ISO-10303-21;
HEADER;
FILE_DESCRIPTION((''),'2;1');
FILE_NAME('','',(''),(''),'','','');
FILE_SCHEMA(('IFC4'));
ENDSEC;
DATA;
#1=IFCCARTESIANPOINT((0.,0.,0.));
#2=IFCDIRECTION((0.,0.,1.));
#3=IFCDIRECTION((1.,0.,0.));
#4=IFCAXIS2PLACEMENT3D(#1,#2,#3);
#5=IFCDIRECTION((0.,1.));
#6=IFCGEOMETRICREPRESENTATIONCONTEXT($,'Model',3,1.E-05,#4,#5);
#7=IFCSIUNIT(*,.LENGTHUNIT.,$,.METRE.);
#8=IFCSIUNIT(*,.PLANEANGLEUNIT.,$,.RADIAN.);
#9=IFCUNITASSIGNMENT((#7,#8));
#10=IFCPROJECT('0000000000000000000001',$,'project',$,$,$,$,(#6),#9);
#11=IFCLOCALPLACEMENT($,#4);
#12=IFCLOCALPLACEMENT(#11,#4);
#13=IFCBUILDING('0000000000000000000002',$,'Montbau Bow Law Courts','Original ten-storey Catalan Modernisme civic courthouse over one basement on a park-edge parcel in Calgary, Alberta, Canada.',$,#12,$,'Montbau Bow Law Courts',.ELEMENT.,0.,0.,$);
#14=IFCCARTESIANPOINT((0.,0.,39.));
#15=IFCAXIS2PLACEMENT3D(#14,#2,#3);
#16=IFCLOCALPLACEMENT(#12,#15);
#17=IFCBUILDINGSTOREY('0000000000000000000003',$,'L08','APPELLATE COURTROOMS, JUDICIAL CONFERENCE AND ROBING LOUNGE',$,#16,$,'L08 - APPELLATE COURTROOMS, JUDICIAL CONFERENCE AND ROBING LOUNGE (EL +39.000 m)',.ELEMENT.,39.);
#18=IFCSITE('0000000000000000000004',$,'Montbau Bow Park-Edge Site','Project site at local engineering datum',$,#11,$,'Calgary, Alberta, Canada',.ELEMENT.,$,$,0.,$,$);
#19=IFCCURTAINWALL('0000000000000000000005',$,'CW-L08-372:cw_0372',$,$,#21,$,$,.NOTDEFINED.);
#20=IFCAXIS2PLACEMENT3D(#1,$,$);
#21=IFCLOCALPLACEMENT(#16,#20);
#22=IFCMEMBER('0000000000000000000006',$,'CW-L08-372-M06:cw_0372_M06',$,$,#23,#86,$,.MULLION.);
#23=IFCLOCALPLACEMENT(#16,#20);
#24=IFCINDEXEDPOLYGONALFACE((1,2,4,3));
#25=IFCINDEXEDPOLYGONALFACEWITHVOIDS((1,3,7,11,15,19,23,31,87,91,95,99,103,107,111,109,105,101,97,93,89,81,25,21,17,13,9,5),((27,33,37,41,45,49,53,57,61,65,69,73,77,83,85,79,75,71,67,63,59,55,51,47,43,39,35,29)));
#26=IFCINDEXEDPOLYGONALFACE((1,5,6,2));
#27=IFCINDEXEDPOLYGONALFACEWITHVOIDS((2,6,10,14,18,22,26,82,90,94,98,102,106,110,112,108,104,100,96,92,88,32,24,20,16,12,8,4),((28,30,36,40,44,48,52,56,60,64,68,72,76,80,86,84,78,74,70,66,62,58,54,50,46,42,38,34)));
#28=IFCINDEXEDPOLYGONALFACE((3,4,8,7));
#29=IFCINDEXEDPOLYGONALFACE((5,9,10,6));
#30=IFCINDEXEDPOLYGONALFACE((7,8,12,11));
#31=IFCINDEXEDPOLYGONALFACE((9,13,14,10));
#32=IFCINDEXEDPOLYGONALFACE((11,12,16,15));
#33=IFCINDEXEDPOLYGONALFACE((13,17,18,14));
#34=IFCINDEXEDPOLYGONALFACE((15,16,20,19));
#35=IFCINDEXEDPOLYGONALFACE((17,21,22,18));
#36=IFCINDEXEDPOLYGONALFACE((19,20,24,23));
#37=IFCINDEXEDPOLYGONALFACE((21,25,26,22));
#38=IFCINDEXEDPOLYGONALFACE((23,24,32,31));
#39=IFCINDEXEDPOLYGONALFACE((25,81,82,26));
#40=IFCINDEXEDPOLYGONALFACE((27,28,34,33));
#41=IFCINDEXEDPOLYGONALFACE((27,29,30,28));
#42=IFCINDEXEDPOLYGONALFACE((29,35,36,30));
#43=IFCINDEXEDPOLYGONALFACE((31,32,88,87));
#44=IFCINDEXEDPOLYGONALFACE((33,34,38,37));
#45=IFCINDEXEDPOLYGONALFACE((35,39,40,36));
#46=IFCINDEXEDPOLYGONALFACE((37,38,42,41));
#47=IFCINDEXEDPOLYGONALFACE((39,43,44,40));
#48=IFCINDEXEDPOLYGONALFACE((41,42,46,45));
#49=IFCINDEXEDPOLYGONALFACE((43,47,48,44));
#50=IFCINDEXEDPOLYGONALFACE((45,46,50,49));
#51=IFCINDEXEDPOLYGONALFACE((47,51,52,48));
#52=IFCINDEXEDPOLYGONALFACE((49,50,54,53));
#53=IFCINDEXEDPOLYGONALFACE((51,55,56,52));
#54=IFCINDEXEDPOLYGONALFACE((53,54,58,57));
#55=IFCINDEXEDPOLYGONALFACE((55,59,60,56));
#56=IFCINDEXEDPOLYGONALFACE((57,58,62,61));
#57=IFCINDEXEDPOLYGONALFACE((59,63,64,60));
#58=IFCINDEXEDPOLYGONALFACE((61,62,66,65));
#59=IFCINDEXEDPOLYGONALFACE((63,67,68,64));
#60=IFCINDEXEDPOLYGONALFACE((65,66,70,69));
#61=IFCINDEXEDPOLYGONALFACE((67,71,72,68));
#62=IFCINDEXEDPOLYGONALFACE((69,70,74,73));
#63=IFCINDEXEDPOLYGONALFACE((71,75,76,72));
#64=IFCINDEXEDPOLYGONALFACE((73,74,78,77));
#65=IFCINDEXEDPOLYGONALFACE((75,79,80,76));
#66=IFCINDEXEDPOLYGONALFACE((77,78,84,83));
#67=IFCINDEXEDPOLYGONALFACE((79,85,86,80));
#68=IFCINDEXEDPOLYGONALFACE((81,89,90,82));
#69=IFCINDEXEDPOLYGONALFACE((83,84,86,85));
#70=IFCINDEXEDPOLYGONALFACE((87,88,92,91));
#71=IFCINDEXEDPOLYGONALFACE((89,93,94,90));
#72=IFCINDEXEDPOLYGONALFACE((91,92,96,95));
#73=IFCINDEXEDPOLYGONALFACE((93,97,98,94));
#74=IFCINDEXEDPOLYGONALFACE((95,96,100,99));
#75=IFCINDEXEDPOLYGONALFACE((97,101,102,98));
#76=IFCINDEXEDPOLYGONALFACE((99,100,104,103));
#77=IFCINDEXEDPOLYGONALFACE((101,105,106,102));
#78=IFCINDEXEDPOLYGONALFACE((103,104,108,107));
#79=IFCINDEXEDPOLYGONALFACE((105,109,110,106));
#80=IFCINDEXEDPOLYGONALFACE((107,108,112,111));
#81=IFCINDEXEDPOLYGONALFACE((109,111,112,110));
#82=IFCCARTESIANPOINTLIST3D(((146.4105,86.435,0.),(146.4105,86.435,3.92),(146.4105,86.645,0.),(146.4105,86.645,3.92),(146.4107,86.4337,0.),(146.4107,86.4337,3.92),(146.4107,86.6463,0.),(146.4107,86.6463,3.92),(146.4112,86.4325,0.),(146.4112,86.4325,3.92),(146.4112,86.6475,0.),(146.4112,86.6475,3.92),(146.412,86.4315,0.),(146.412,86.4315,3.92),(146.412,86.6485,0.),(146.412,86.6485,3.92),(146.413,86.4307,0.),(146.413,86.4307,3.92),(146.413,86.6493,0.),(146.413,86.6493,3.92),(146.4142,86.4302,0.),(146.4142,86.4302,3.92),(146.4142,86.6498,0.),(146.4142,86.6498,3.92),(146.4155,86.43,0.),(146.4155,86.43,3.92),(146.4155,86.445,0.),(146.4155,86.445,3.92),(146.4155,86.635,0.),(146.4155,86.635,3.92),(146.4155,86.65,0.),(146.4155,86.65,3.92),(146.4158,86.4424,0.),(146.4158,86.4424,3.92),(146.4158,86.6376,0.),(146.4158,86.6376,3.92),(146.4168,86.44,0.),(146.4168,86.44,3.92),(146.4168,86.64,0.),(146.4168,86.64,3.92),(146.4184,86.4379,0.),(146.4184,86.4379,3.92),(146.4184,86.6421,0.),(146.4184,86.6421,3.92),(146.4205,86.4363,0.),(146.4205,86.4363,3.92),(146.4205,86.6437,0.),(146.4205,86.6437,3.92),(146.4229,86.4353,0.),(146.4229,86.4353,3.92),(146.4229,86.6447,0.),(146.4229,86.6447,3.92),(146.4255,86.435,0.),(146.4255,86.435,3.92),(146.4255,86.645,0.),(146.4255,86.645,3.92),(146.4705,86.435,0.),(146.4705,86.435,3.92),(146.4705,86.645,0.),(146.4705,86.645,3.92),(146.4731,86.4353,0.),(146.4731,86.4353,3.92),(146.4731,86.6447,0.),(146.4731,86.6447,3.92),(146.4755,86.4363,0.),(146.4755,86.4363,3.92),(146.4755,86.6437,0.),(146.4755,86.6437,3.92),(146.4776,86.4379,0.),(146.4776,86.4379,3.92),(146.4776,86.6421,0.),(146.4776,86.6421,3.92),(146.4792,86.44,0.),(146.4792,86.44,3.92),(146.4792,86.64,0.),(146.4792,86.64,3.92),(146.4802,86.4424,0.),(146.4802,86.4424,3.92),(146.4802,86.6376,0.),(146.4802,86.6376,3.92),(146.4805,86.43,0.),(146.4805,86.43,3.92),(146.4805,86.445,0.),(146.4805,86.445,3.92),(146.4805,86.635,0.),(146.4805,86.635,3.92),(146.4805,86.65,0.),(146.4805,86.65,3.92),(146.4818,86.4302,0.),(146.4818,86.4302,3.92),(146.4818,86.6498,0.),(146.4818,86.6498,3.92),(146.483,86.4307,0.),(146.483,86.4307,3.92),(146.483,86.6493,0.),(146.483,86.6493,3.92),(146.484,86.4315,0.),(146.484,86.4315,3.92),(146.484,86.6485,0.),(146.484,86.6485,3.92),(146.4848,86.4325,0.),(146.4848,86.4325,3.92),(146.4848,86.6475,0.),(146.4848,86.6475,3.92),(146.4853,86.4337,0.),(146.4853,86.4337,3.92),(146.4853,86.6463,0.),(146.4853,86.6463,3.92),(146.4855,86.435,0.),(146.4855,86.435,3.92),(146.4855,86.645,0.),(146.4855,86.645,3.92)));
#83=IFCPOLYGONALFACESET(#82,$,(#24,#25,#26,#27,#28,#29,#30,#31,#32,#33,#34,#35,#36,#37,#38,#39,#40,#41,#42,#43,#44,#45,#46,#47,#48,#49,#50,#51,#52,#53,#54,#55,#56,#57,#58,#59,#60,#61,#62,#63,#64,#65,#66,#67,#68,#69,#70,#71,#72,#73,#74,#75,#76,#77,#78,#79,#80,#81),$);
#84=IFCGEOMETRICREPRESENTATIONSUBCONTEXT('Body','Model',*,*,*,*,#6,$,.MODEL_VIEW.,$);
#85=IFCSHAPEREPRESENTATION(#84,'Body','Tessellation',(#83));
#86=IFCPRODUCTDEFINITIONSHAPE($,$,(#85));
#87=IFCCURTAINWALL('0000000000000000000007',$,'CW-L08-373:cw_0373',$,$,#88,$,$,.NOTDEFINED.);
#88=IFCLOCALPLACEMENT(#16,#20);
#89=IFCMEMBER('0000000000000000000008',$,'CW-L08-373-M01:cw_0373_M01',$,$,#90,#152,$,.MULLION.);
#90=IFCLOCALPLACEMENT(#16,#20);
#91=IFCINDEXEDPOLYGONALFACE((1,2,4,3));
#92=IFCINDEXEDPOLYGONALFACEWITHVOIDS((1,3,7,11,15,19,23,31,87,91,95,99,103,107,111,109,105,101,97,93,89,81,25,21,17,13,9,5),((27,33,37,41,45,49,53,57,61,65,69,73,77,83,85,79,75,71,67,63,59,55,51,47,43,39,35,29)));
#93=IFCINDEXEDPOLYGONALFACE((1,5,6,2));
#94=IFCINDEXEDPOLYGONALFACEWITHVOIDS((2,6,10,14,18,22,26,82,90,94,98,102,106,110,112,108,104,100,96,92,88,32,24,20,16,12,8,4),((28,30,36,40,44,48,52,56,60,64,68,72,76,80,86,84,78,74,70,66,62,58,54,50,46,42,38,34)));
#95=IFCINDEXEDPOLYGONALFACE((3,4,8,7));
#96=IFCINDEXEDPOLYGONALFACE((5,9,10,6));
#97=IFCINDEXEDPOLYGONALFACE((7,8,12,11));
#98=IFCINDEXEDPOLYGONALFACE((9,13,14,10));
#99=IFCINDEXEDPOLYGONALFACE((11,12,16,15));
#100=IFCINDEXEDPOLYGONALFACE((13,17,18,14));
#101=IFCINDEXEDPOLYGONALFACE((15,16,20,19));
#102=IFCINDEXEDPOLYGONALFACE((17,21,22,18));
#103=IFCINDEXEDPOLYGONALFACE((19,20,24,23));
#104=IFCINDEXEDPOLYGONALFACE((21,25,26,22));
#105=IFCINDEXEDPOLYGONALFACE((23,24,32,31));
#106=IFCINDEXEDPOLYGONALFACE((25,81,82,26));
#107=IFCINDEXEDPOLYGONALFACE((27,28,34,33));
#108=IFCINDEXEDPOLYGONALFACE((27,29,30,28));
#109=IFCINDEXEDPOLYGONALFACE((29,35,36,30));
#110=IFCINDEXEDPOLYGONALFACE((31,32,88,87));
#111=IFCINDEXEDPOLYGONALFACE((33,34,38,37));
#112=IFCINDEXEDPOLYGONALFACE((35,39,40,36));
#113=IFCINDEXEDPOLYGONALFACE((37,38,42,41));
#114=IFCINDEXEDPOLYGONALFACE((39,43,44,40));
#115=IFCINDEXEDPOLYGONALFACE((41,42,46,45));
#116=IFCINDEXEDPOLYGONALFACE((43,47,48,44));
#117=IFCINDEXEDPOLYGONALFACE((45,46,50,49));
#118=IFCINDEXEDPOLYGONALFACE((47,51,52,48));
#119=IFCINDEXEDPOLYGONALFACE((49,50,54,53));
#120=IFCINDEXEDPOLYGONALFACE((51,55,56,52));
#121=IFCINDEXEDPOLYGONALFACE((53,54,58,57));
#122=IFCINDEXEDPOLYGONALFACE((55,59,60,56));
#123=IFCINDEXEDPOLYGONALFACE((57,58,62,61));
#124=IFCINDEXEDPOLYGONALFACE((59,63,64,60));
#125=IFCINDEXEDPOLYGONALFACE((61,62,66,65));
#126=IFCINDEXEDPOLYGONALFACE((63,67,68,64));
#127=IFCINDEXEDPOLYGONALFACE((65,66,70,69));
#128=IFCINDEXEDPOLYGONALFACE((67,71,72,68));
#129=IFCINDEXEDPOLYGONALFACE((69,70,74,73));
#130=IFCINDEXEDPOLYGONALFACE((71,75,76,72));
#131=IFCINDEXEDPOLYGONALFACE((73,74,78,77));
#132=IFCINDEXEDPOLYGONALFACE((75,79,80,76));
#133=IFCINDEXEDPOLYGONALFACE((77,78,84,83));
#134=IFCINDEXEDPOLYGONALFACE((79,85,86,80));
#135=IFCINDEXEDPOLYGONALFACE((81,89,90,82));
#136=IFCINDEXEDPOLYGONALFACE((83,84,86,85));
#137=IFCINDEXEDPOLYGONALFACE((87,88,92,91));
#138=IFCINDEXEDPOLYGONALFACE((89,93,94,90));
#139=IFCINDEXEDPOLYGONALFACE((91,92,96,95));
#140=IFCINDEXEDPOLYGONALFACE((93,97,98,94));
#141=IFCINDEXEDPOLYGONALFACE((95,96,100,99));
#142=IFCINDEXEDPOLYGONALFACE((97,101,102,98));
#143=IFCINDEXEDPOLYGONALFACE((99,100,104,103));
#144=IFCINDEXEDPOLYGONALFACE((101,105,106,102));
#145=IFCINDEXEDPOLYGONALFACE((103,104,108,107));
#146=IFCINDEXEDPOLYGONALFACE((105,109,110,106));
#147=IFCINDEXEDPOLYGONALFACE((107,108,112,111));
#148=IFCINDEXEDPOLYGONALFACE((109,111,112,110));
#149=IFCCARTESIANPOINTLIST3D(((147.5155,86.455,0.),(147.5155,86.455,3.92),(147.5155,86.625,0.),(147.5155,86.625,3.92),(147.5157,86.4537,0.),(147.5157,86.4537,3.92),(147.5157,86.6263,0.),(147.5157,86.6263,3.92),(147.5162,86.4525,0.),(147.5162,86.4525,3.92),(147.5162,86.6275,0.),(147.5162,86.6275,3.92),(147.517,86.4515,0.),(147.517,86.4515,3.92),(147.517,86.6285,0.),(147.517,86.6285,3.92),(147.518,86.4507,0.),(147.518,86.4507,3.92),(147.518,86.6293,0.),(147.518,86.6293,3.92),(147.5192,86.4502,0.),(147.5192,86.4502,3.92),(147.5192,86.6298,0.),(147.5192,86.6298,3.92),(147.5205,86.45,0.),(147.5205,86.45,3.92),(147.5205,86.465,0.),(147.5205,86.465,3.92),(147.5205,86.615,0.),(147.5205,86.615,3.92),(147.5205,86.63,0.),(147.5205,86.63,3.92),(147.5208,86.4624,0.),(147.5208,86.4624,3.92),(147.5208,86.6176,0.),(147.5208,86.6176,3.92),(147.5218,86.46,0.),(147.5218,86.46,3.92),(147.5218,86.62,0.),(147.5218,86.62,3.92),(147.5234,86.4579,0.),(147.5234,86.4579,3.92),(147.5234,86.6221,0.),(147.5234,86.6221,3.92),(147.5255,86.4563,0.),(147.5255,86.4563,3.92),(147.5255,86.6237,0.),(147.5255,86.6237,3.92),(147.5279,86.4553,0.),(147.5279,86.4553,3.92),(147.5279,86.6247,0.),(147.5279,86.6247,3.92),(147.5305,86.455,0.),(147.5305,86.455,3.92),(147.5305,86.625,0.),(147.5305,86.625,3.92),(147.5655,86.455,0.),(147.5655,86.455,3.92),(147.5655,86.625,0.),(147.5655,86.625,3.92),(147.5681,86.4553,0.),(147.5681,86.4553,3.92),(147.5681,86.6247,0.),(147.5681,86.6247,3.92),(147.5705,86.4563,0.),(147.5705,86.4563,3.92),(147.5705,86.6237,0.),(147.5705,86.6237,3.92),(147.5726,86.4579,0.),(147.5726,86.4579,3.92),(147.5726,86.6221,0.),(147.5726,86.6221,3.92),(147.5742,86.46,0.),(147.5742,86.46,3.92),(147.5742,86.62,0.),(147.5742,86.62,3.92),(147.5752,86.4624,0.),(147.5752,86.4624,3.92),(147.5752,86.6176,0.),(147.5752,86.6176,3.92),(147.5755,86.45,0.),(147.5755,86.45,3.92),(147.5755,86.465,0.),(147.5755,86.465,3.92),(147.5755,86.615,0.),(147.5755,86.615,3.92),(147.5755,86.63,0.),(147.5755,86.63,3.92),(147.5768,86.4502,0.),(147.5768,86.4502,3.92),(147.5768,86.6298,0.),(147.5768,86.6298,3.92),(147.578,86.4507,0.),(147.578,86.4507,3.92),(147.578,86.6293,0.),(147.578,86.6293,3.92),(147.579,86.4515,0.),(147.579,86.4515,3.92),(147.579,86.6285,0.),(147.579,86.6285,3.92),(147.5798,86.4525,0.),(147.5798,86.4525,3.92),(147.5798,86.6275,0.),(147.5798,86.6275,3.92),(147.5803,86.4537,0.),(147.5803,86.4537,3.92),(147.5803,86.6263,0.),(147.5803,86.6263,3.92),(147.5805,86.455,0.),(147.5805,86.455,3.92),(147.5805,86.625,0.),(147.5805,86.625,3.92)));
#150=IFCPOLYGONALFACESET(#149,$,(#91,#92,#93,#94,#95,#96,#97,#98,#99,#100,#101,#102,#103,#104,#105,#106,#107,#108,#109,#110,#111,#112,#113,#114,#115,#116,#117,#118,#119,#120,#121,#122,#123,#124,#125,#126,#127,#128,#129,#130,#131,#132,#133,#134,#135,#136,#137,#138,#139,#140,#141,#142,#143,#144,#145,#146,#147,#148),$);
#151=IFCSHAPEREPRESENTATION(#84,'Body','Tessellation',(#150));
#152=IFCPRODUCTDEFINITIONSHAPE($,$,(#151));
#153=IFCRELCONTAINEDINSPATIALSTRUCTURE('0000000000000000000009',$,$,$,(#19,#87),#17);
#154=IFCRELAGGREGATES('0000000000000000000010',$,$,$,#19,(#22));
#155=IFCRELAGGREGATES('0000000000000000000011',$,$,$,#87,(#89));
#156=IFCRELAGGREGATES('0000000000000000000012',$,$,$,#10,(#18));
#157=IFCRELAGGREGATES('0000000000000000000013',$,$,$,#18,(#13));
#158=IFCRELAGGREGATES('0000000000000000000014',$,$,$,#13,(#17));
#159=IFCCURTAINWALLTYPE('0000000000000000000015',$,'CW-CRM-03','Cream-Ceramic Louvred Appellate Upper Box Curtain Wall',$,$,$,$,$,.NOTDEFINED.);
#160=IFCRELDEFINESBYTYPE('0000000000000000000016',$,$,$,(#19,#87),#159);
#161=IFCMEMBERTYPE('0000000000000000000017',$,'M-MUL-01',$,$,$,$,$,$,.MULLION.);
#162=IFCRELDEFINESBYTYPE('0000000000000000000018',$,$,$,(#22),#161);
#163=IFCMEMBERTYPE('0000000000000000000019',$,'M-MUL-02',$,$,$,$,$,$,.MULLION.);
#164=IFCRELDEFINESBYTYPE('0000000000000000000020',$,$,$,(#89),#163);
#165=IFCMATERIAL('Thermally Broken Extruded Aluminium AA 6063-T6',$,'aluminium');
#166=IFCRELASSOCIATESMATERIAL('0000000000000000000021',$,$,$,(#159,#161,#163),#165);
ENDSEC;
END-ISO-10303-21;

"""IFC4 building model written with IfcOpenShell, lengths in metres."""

from ifc_helpers import new_model, si_unit, direction, frame, origin_with_axes, origin_2d_with_axis, place, context, subcontext, project, spatial, hollow_rectangle, extrude, material, material_profile, profile_set, type_object, element, aggregate, save


model = new_model("IFC4")

# Units and contexts
model_context = context("Model", 3, precision=1e-05, world=origin_with_axes(), true_north=direction((0.0, 1.0)))
body_context = subcontext(model_context, "Body", "Model", "MODEL_VIEW")
ifc_project = project(units=[si_unit("LENGTHUNIT", "METRE"), si_unit("PLANEANGLEUNIT", "RADIAN")], contexts=[model_context])

# Site, building, storey
site_placement = place(None, origin_with_axes())
site = spatial("IfcSite", under=ifc_project, at=site_placement, Name="Montbau Bow Park-Edge Site", Description="Project site at local engineering datum", LongName="Calgary, Alberta, Canada", CompositionType="ELEMENT", RefElevation=0.0)
building_placement = place(site_placement, origin_with_axes())
building = spatial("IfcBuilding", under=site, at=building_placement, Name="Montbau Bow Law Courts", Description="Original ten-storey Catalan Modernisme civic courthouse over one basement on a park-edge parcel in Calgary, Alberta, Canada.", LongName="Montbau Bow Law Courts", CompositionType="ELEMENT", ElevationOfRefHeight=0.0, ElevationOfTerrain=0.0)
storey_placement = place(building_placement, frame((0.0, 0.0, 39.0), z_axis=(0.0, 0.0, 1.0), x_axis=(1.0, 0.0, 0.0)))
storey = spatial("IfcBuildingStorey", under=building, at=storey_placement, Name="L08", Description="APPELLATE COURTROOMS, JUDICIAL CONFERENCE AND ROBING LOUNGE", LongName="L08 - APPELLATE COURTROOMS, JUDICIAL CONFERENCE AND ROBING LOUNGE (EL +39.000 m)", CompositionType="ELEMENT", Elevation=39.0)

# Curtain wall, member
ifc_material_1 = material(Name="Thermally Broken Extruded Aluminium AA 6063-T6", Category="aluminium")
curtain_wall_type = type_object("IfcCurtainWallType", Name="CW-CRM-03", Description="Cream-Ceramic Louvred Appellate Upper Box Curtain Wall", PredefinedType="NOTDEFINED", material=ifc_material_1)
curtain_wall_1_placement = place(None, frame((139.04, 86.54, 39.0), z_axis=(0.0, 0.0, 1.0), x_axis=(1.0, 0.0, 0.0)))
curtain_wall_1 = element("IfcCurtainWall", 1, at=curtain_wall_1_placement, inside=storey, type_object=curtain_wall_type, Name="CW-L08-372:cw_0372", PredefinedType="NOTDEFINED")
ifc_material_profile_1 = material_profile(ifc_material_1, hollow_rectangle(XDim=0.075, YDim=0.22, WallThickness=0.005, InnerFilletRadius=0.01, OuterFilletRadius=0.005, at=origin_2d_with_axis()), Name="CWM-220X75", Category="Main", Priority=0)
ifc_profile_set_1 = profile_set([ifc_material_profile_1], Name="Thermally Broken Extruded Aluminium AA 6063-T6")
member_type_1 = type_object("IfcMemberType", Name="M-MUL-01", PredefinedType="MULLION", material=ifc_profile_set_1)
member_1_placement = place(None, frame((146.448, 86.54, 39.0), z_axis=(0.0, 0.0, 1.0), x_axis=(1.0, 0.0, 0.0)))
member_1 = element("IfcMember", 2, at=member_1_placement, type_object=member_type_1, Name="CW-L08-372-M06:cw_0372_M06", PredefinedType="MULLION", context=body_context, shape_type="SweptSolid", body=[
    extrude(hollow_rectangle(XDim=0.075, YDim=0.22, WallThickness=0.005, InnerFilletRadius=0.01, OuterFilletRadius=0.005, at=origin_2d_with_axis()), origin_with_axes(), (0.0, 0.0, 1.0), 3.92),
])
aggregate(curtain_wall_1, [member_1])

# Curtain wall, member
curtain_wall_2_placement = place(None, frame((147.515, 86.54, 39.0), z_axis=(0.0, 0.0, 1.0), x_axis=(1.0, 0.0, 0.0)))
curtain_wall_2 = element("IfcCurtainWall", 3, at=curtain_wall_2_placement, inside=storey, type_object=curtain_wall_type, Name="CW-L08-373:cw_0373", PredefinedType="NOTDEFINED")
ifc_material_profile_2 = material_profile(ifc_material_1, hollow_rectangle(XDim=0.065, YDim=0.18, WallThickness=0.005, InnerFilletRadius=0.01, OuterFilletRadius=0.005, at=origin_2d_with_axis()), Name="CWM-180X65", Category="Main", Priority=0)
ifc_profile_set_2 = profile_set([ifc_material_profile_2], Name="Thermally Broken Extruded Aluminium AA 6063-T6")
member_type_2 = type_object("IfcMemberType", Name="M-MUL-02", PredefinedType="MULLION", material=ifc_profile_set_2)
member_2_placement = place(None, frame((147.548, 86.54, 39.0), z_axis=(0.0, 0.0, 1.0), x_axis=(1.0, 0.0, 0.0)))
member_2 = element("IfcMember", 4, at=member_2_placement, type_object=member_type_2, Name="CW-L08-373-M01:cw_0373_M01", PredefinedType="MULLION", context=body_context, shape_type="SweptSolid", body=[
    extrude(hollow_rectangle(XDim=0.065, YDim=0.18, WallThickness=0.005, InnerFilletRadius=0.01, OuterFilletRadius=0.005, at=origin_2d_with_axis()), origin_with_axes(), (0.0, 0.0, 1.0), 3.92),
])
aggregate(curtain_wall_2, [member_2])

save(model, "model.ifc")
